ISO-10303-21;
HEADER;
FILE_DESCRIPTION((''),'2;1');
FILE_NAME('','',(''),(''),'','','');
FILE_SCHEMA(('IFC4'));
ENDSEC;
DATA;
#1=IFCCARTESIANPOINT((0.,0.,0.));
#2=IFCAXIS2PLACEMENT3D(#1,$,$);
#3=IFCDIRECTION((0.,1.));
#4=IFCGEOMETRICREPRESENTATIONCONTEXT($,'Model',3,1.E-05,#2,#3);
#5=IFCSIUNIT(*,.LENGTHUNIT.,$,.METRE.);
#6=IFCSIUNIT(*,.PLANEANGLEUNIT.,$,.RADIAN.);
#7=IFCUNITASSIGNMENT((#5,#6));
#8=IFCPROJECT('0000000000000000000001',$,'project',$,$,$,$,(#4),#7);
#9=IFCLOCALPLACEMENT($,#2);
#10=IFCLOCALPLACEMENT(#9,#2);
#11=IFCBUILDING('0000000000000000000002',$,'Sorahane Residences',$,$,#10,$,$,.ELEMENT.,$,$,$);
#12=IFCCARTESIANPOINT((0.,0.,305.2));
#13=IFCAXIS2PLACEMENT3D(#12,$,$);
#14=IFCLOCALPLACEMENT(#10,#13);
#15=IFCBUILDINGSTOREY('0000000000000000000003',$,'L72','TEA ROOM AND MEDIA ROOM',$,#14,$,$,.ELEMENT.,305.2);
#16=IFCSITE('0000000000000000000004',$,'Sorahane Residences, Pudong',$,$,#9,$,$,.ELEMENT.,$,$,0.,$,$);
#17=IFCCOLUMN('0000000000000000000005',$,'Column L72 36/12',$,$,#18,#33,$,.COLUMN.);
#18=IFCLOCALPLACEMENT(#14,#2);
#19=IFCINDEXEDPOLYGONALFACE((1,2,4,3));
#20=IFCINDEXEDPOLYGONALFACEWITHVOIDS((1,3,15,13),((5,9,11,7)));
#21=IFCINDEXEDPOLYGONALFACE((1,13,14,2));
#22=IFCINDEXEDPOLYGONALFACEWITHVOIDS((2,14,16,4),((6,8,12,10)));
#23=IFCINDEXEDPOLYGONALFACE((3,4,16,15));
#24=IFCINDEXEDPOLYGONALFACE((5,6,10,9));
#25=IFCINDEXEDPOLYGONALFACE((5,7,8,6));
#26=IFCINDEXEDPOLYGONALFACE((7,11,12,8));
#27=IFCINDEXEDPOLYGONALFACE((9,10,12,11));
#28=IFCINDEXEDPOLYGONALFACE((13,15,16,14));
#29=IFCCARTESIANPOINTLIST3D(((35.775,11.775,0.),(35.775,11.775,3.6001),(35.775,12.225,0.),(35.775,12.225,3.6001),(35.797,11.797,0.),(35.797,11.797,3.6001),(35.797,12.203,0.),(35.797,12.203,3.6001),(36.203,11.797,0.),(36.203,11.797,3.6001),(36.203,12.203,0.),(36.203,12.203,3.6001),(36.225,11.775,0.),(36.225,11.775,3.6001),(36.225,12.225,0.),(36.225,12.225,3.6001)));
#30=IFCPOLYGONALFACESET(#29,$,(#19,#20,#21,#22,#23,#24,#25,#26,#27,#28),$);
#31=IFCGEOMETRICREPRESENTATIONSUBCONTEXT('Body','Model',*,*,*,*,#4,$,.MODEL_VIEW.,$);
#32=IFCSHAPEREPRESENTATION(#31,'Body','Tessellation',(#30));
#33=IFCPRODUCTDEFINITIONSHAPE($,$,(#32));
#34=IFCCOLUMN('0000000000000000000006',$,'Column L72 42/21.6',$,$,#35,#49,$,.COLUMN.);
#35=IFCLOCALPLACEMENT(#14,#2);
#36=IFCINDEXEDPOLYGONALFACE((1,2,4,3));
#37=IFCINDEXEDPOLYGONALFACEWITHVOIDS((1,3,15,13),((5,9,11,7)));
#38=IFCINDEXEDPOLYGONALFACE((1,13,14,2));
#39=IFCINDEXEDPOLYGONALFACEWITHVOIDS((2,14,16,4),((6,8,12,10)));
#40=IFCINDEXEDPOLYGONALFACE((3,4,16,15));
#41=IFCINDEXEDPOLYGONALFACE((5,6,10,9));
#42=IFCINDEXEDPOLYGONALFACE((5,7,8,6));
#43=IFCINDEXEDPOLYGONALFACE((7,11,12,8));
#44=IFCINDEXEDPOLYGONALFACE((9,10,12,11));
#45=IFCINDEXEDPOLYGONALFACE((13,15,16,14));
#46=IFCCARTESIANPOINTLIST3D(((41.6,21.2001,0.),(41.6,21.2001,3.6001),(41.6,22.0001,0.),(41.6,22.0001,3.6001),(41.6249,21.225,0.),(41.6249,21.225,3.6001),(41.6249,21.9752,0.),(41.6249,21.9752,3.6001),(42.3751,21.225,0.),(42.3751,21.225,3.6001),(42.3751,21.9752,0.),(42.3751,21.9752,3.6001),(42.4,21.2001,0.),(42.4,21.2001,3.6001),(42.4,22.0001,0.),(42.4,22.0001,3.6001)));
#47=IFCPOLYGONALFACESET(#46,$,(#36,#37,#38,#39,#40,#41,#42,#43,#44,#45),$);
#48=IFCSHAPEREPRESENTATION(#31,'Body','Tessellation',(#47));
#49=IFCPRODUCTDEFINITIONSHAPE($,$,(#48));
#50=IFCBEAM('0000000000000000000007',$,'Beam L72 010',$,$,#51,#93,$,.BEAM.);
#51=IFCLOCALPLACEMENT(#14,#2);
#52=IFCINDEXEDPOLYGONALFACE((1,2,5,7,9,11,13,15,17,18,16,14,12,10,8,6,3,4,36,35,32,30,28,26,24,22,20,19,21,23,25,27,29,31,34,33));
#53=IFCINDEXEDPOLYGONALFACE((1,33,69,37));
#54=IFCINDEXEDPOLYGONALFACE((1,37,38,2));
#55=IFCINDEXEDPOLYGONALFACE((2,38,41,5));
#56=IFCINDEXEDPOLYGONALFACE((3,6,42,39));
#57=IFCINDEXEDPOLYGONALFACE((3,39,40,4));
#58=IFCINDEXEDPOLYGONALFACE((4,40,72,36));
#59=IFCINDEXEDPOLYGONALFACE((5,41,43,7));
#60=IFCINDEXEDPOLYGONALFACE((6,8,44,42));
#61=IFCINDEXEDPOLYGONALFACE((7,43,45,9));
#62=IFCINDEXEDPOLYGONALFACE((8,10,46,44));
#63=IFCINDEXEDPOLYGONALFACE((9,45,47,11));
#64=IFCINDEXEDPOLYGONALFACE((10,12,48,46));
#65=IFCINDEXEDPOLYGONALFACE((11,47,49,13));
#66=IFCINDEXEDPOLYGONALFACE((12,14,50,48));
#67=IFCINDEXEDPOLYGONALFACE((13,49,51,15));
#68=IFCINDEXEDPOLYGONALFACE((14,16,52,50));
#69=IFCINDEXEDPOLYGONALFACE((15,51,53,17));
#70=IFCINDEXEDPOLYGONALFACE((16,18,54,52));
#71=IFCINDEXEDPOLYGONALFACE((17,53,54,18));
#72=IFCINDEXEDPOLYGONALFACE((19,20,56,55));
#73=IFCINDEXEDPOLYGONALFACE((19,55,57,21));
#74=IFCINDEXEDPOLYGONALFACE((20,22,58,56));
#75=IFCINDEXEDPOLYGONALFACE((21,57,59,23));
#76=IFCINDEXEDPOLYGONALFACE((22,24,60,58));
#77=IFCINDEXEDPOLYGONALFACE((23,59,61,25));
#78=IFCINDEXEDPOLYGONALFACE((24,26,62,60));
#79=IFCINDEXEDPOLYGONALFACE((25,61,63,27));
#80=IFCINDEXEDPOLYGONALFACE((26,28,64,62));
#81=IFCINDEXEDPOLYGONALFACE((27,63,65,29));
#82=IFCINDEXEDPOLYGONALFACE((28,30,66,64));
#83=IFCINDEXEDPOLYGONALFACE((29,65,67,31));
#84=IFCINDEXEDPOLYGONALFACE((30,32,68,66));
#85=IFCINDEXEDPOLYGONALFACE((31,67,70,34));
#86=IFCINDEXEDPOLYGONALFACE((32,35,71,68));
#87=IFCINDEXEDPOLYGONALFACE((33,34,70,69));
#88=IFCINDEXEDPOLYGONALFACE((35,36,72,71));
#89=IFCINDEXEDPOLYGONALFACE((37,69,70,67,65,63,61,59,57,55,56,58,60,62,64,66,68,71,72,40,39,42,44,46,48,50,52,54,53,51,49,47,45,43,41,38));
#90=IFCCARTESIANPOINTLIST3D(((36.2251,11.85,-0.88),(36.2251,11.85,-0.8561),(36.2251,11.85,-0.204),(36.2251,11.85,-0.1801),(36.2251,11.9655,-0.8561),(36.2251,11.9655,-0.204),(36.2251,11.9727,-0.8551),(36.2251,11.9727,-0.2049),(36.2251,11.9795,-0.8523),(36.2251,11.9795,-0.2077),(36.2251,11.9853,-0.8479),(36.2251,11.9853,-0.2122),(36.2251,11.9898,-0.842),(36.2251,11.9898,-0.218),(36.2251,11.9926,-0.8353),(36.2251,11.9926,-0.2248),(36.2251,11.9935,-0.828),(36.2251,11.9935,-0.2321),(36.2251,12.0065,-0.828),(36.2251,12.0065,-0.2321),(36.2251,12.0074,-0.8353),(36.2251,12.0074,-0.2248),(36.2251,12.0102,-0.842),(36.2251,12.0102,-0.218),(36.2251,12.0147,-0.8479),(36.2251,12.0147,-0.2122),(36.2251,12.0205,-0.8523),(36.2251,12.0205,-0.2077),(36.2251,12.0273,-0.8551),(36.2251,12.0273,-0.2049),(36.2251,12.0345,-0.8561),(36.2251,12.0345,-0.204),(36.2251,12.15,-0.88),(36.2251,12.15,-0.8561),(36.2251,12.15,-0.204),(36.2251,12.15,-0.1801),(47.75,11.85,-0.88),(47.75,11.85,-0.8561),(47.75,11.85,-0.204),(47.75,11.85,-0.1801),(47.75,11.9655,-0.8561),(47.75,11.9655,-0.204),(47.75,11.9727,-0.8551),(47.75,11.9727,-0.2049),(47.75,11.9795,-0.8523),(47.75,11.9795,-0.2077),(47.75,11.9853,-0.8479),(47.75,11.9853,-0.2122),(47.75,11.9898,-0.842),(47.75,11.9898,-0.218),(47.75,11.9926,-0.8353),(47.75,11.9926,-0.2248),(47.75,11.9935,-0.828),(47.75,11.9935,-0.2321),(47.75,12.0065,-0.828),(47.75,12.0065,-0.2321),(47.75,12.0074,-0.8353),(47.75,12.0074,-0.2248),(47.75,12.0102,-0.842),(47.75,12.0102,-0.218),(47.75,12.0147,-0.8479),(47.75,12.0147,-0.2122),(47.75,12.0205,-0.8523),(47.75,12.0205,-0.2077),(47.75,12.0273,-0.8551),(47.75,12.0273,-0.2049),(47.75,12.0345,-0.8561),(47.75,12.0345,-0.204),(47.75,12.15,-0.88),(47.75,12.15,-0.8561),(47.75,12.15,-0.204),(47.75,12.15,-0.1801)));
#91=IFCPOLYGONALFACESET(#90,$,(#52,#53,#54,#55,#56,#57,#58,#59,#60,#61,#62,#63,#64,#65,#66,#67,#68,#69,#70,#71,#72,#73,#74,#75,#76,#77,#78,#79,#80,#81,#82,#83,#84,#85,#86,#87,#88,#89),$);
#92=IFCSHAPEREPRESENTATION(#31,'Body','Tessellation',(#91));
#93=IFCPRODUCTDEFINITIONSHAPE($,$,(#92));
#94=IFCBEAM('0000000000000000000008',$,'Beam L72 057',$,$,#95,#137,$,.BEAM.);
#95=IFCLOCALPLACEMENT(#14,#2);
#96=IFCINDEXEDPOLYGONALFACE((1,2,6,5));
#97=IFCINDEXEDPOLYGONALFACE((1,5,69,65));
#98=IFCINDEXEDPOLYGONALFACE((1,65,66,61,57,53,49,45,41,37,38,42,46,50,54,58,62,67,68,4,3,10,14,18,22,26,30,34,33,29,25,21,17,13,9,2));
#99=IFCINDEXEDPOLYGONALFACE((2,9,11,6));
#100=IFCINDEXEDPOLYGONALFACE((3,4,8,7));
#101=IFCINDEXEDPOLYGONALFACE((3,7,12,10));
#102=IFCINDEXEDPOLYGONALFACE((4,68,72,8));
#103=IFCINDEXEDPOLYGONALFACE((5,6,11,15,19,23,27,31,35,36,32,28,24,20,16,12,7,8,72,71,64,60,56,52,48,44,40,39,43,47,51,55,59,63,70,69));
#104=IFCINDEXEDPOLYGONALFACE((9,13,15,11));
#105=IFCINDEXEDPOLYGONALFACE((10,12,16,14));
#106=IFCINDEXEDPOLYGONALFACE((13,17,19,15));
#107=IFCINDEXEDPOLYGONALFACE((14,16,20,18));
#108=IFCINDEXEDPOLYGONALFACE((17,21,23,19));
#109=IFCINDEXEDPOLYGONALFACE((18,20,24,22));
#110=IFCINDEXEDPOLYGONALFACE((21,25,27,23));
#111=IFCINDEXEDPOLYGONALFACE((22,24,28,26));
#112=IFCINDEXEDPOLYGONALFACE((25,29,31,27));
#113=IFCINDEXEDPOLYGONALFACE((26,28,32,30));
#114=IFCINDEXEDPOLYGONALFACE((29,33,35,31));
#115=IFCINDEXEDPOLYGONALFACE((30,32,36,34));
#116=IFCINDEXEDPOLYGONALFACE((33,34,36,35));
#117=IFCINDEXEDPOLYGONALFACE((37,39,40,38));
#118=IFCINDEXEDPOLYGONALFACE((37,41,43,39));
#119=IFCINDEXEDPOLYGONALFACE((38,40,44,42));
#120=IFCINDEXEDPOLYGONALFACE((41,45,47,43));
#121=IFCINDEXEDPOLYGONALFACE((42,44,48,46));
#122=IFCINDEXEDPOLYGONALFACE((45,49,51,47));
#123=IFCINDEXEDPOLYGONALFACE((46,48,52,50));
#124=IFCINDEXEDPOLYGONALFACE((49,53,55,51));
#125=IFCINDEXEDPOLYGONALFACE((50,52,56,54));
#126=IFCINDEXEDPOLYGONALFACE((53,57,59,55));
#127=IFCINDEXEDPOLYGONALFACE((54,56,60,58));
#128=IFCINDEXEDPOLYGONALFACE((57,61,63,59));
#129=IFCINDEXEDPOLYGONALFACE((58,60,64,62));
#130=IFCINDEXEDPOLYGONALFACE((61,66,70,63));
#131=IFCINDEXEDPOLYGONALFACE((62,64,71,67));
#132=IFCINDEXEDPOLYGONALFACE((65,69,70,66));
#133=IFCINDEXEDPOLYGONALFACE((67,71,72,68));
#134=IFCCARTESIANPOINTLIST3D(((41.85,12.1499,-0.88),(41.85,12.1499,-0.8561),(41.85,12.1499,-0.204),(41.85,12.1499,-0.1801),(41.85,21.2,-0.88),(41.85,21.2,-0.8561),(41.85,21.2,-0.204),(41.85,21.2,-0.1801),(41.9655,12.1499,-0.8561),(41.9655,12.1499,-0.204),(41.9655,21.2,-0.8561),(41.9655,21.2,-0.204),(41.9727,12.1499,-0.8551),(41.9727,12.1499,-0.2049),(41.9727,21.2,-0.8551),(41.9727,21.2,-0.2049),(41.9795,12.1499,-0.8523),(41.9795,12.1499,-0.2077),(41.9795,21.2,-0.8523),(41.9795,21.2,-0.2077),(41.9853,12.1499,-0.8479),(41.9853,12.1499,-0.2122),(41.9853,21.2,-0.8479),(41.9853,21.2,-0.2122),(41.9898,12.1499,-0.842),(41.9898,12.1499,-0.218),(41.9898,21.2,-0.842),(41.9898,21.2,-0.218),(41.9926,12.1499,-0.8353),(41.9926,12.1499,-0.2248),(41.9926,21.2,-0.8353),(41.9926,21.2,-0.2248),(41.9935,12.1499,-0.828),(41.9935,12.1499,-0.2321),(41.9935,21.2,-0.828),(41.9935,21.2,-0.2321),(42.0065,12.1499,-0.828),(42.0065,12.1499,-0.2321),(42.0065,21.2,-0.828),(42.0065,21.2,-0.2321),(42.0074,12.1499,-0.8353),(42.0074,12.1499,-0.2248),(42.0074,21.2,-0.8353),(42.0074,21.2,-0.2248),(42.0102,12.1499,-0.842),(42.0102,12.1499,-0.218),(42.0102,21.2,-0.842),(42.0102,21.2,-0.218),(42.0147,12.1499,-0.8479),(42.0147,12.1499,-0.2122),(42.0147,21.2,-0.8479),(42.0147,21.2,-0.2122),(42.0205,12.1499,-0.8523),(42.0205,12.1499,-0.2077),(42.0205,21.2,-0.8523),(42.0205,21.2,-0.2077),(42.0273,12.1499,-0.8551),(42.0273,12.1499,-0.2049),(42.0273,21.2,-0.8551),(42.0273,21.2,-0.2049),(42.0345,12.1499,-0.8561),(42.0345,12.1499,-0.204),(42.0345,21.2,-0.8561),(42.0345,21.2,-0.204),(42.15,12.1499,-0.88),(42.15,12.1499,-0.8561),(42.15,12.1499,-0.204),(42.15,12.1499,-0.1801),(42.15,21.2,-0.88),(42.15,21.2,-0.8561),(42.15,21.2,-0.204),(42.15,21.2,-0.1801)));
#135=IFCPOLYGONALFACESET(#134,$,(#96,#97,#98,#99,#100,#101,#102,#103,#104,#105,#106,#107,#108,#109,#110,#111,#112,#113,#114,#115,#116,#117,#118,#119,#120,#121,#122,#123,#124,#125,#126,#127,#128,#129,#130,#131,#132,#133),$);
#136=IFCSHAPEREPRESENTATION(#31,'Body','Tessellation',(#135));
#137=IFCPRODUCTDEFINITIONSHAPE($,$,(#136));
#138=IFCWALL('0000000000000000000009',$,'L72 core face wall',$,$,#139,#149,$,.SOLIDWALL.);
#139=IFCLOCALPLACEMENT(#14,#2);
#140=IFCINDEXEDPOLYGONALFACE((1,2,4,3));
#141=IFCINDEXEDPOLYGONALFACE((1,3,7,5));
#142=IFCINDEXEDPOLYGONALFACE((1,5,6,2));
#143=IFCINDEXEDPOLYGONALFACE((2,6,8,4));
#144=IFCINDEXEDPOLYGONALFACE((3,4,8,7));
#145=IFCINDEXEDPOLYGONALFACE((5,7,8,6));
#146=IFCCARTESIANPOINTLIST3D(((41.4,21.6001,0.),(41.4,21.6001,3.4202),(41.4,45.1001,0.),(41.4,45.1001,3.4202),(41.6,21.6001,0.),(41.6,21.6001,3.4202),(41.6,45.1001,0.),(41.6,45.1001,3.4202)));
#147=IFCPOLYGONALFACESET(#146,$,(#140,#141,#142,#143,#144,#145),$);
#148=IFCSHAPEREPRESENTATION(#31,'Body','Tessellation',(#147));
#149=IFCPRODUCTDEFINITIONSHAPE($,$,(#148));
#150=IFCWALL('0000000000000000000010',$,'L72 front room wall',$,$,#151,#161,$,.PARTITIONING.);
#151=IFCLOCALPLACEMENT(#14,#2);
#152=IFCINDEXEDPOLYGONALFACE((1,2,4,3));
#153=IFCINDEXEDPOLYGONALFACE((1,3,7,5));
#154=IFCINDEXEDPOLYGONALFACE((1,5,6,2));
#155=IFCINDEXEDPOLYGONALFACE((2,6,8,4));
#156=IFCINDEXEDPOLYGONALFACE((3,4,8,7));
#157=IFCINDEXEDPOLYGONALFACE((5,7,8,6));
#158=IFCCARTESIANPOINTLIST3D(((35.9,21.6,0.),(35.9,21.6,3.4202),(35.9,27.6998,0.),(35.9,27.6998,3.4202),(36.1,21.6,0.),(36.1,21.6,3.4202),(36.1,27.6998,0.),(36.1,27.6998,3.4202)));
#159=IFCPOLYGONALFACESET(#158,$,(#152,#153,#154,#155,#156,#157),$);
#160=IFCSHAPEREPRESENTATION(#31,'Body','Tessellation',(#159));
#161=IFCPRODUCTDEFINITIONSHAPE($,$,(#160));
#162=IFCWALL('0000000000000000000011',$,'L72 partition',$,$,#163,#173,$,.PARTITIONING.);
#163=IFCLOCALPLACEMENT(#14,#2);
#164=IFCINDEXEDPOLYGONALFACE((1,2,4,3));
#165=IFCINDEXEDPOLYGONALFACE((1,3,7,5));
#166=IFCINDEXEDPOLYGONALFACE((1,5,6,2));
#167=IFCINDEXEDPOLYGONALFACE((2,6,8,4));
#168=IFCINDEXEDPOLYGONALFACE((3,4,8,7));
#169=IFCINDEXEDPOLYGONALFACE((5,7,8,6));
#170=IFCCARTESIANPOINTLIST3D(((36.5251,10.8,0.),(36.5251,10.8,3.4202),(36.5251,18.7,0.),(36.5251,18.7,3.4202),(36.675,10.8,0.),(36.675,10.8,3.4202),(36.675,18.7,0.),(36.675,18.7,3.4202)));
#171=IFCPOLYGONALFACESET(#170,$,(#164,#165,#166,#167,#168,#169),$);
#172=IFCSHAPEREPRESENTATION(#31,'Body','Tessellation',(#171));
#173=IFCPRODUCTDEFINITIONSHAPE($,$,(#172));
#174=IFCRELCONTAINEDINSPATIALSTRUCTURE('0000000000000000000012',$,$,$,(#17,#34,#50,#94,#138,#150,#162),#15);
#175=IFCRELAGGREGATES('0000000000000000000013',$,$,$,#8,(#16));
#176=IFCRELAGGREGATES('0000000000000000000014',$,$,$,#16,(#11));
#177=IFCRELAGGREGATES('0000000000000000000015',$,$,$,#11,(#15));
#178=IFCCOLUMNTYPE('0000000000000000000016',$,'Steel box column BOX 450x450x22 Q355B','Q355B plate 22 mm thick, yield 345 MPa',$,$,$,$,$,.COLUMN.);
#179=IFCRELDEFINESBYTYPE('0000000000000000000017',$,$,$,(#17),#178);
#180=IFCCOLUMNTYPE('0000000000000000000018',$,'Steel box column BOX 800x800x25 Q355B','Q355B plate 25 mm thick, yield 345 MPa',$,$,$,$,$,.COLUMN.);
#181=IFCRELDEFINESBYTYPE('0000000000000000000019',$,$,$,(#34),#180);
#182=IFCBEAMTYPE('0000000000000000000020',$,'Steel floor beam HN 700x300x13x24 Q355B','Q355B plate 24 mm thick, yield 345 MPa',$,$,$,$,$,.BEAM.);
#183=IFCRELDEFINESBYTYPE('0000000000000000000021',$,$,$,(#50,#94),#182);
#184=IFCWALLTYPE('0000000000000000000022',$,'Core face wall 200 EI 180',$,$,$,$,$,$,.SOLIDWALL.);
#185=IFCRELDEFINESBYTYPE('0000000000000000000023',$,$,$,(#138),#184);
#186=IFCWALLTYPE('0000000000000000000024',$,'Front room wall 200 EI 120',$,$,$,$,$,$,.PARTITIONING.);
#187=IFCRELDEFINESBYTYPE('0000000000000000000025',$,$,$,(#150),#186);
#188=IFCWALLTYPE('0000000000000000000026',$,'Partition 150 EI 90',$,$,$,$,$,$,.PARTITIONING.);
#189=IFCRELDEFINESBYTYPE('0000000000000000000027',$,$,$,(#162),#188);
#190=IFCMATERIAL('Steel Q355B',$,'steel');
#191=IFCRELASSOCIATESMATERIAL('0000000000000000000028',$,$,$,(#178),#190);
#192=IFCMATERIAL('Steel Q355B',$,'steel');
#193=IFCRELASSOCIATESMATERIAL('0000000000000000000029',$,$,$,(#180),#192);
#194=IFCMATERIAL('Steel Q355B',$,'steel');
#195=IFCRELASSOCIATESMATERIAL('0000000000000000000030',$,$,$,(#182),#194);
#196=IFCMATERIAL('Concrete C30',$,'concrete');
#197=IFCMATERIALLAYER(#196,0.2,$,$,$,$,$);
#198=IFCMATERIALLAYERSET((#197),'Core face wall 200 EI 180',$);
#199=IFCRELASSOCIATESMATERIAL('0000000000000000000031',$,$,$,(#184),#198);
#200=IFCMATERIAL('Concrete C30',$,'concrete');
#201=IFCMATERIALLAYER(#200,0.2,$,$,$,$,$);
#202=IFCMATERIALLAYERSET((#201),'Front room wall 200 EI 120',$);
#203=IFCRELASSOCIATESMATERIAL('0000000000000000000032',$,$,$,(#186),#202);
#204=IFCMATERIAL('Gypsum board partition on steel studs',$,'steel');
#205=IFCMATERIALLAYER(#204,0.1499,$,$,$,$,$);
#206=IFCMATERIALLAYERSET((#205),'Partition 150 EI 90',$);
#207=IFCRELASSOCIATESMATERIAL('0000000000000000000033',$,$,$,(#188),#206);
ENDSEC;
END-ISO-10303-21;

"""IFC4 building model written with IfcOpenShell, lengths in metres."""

from ifc_helpers import new_model, si_unit, direction, frame, frame_2d, origin, origin_2d, place, context, subcontext, project, spatial, rectangle, hollow_rectangle, i_section, extrude, material, layer, layer_set, material_profile, profile_set, type_object, element, save


model = new_model("IFC4")

# Units and contexts
model_context = context("Model", 3, precision=1e-05, world=origin(), true_north=direction((0.0, 1.0)))
body_context = subcontext(model_context, "Body", "Model", "MODEL_VIEW")
ifc_project = project(units=[si_unit("LENGTHUNIT", "METRE"), si_unit("PLANEANGLEUNIT", "RADIAN")], contexts=[model_context])

# Site, building, storey
site_placement = place(None, origin())
site = spatial("IfcSite", under=ifc_project, at=site_placement, Name="Sorahane Residences, Pudong", CompositionType="ELEMENT", RefElevation=0.0)
building_placement = place(site_placement, origin())
building = spatial("IfcBuilding", under=site, at=building_placement, Name="Sorahane Residences", CompositionType="ELEMENT")
storey_placement = place(building_placement, frame((0.0, 0.0, 305.2)))
storey = spatial("IfcBuildingStorey", under=building, at=storey_placement, Name="L72", Description="TEA ROOM AND MEDIA ROOM", CompositionType="ELEMENT", Elevation=305.2)

# Columns
ifc_material_1 = material(Name="Steel Q355B", Category="steel")
ifc_material_profile_1 = material_profile(ifc_material_1, hollow_rectangle(XDim=0.45, YDim=0.45, WallThickness=0.022, at=origin_2d()), Name="BOX 450x450x22")
ifc_profile_set_1 = profile_set([ifc_material_profile_1], Name="Steel Q355B")
column_type_1 = type_object("IfcColumnType", Name="Steel box column BOX 450x450x22 Q355B", Description="Q355B plate 22 mm thick, yield 345 MPa", PredefinedType="COLUMN", material=ifc_profile_set_1)
column_1_placement = place(storey_placement, frame((36.0, 12.0, 0.0), z_axis=(0.0, 0.0, 1.0), x_axis=(1.0, 0.0, 0.0)))
element("IfcColumn", 1, at=column_1_placement, inside=storey, type_object=column_type_1, Name="Column L72 36/12", PredefinedType="COLUMN", context=body_context, shape_type="SweptSolid", body=[
    extrude(hollow_rectangle(XDim=0.45, YDim=0.45, WallThickness=0.022, at=origin_2d()), origin(), (0.0, 0.0, 1.0), 3.6001),
])
ifc_material_2 = material(Name="Steel Q355B", Category="steel")
ifc_material_profile_2 = material_profile(ifc_material_2, hollow_rectangle(XDim=0.8, YDim=0.8, WallThickness=0.0249, at=origin_2d()), Name="BOX 800x800x25")
ifc_profile_set_2 = profile_set([ifc_material_profile_2], Name="Steel Q355B")
column_type_2 = type_object("IfcColumnType", Name="Steel box column BOX 800x800x25 Q355B", Description="Q355B plate 25 mm thick, yield 345 MPa", PredefinedType="COLUMN", material=ifc_profile_set_2)
column_2_placement = place(storey_placement, frame((42.0, 21.6001, 0.0), z_axis=(0.0, 0.0, 1.0), x_axis=(1.0, 0.0, 0.0)))
element("IfcColumn", 2, at=column_2_placement, inside=storey, type_object=column_type_2, Name="Column L72 42/21.6", PredefinedType="COLUMN", context=body_context, shape_type="SweptSolid", body=[
    extrude(hollow_rectangle(XDim=0.8, YDim=0.8, WallThickness=0.0249, at=origin_2d()), origin(), (0.0, 0.0, 1.0), 3.6001),
])

# Beams
ifc_material_3 = material(Name="Steel Q355B", Category="steel")
ifc_material_profile_3 = material_profile(ifc_material_3, i_section(OverallWidth=0.3, OverallDepth=0.7, WebThickness=0.0129, FlangeThickness=0.0239, FilletRadius=0.0281, at=origin_2d()), Name="HN 700x300x13x24")
ifc_profile_set_3 = profile_set([ifc_material_profile_3], Name="Steel Q355B")
beam_type = type_object("IfcBeamType", Name="Steel floor beam HN 700x300x13x24 Q355B", Description="Q355B plate 24 mm thick, yield 345 MPa", PredefinedType="BEAM", material=ifc_profile_set_3)
beam_1_placement = place(storey_placement, frame((36.2251, 12.0, -0.53), z_axis=(1.0, 0.0, 0.0), x_axis=(0.0, 1.0, 0.0)))
element("IfcBeam", 3, at=beam_1_placement, inside=storey, type_object=beam_type, Name="Beam L72 010", PredefinedType="BEAM", context=body_context, shape_type="SweptSolid", body=[
    extrude(i_section(OverallWidth=0.3, OverallDepth=0.7, WebThickness=0.0129, FlangeThickness=0.0239, FilletRadius=0.0281, at=origin_2d()), origin(), (0.0, 0.0, 1.0), 11.5249),
])
beam_2_placement = place(storey_placement, frame((42.0, 12.1499, -0.53), z_axis=(0.0, 1.0, 0.0), x_axis=(-1.0, 0.0, 0.0)))
element("IfcBeam", 4, at=beam_2_placement, inside=storey, type_object=beam_type, Name="Beam L72 057", PredefinedType="BEAM", context=body_context, shape_type="SweptSolid", body=[
    extrude(i_section(OverallWidth=0.3, OverallDepth=0.7, WebThickness=0.0129, FlangeThickness=0.0239, FilletRadius=0.0281, at=origin_2d()), origin(), (0.0, 0.0, 1.0), 9.05),
])

# Walls
ifc_material_4 = material(Name="Concrete C30", Category="concrete")
ifc_layer_1 = layer(ifc_material_4, 0.2)
ifc_layer_set_1 = layer_set([ifc_layer_1], Name="Core face wall 200 EI 180")
wall_type_1 = type_object("IfcWallType", Name="Core face wall 200 EI 180", PredefinedType="SOLIDWALL", material=ifc_layer_set_1)
wall_1_placement = place(storey_placement, frame((41.5, 21.6001, 0.0), z_axis=(0.0, 0.0, 1.0), x_axis=(0.0, 1.0, 0.0)))
element("IfcWall", 5, at=wall_1_placement, inside=storey, type_object=wall_type_1, Name="L72 core face wall", PredefinedType="SOLIDWALL", context=body_context, shape_type="SweptSolid", body=[
    extrude(rectangle(XDim=23.5, YDim=0.2, at=frame_2d((11.75, 0.0))), origin(), (0.0, 0.0, 1.0), 3.4202),
])
ifc_material_5 = material(Name="Concrete C30", Category="concrete")
ifc_layer_2 = layer(ifc_material_5, 0.2)
ifc_layer_set_2 = layer_set([ifc_layer_2], Name="Front room wall 200 EI 120")
wall_type_2 = type_object("IfcWallType", Name="Front room wall 200 EI 120", PredefinedType="PARTITIONING", material=ifc_layer_set_2)
wall_2_placement = place(storey_placement, frame((36.0, 21.6001, 0.0), z_axis=(0.0, 0.0, 1.0), x_axis=(0.0, 1.0, 0.0)))
element("IfcWall", 6, at=wall_2_placement, inside=storey, type_object=wall_type_2, Name="L72 front room wall", PredefinedType="PARTITIONING", context=body_context, shape_type="SweptSolid", body=[
    extrude(rectangle(XDim=6.0999, YDim=0.2, at=frame_2d((3.0498, 0.0))), origin(), (0.0, 0.0, 1.0), 3.4202),
])
ifc_material_6 = material(Name="Gypsum board partition on steel studs", Category="steel")
ifc_layer_3 = layer(ifc_material_6, 0.1499)
ifc_layer_set_3 = layer_set([ifc_layer_3], Name="Partition 150 EI 90")
wall_type_3 = type_object("IfcWallType", Name="Partition 150 EI 90", PredefinedType="PARTITIONING", material=ifc_layer_set_3)
wall_3_placement = place(storey_placement, frame((36.6001, 10.8, 0.0), z_axis=(0.0, 0.0, 1.0), x_axis=(0.0, 1.0, 0.0)))
element("IfcWall", 7, at=wall_3_placement, inside=storey, type_object=wall_type_3, Name="L72 partition", PredefinedType="PARTITIONING", context=body_context, shape_type="SweptSolid", body=[
    extrude(rectangle(XDim=7.8999, YDim=0.1499, at=frame_2d((3.95, 0.0))), origin(), (0.0, 0.0, 1.0), 3.4202),
])

save(model, "model.ifc")
